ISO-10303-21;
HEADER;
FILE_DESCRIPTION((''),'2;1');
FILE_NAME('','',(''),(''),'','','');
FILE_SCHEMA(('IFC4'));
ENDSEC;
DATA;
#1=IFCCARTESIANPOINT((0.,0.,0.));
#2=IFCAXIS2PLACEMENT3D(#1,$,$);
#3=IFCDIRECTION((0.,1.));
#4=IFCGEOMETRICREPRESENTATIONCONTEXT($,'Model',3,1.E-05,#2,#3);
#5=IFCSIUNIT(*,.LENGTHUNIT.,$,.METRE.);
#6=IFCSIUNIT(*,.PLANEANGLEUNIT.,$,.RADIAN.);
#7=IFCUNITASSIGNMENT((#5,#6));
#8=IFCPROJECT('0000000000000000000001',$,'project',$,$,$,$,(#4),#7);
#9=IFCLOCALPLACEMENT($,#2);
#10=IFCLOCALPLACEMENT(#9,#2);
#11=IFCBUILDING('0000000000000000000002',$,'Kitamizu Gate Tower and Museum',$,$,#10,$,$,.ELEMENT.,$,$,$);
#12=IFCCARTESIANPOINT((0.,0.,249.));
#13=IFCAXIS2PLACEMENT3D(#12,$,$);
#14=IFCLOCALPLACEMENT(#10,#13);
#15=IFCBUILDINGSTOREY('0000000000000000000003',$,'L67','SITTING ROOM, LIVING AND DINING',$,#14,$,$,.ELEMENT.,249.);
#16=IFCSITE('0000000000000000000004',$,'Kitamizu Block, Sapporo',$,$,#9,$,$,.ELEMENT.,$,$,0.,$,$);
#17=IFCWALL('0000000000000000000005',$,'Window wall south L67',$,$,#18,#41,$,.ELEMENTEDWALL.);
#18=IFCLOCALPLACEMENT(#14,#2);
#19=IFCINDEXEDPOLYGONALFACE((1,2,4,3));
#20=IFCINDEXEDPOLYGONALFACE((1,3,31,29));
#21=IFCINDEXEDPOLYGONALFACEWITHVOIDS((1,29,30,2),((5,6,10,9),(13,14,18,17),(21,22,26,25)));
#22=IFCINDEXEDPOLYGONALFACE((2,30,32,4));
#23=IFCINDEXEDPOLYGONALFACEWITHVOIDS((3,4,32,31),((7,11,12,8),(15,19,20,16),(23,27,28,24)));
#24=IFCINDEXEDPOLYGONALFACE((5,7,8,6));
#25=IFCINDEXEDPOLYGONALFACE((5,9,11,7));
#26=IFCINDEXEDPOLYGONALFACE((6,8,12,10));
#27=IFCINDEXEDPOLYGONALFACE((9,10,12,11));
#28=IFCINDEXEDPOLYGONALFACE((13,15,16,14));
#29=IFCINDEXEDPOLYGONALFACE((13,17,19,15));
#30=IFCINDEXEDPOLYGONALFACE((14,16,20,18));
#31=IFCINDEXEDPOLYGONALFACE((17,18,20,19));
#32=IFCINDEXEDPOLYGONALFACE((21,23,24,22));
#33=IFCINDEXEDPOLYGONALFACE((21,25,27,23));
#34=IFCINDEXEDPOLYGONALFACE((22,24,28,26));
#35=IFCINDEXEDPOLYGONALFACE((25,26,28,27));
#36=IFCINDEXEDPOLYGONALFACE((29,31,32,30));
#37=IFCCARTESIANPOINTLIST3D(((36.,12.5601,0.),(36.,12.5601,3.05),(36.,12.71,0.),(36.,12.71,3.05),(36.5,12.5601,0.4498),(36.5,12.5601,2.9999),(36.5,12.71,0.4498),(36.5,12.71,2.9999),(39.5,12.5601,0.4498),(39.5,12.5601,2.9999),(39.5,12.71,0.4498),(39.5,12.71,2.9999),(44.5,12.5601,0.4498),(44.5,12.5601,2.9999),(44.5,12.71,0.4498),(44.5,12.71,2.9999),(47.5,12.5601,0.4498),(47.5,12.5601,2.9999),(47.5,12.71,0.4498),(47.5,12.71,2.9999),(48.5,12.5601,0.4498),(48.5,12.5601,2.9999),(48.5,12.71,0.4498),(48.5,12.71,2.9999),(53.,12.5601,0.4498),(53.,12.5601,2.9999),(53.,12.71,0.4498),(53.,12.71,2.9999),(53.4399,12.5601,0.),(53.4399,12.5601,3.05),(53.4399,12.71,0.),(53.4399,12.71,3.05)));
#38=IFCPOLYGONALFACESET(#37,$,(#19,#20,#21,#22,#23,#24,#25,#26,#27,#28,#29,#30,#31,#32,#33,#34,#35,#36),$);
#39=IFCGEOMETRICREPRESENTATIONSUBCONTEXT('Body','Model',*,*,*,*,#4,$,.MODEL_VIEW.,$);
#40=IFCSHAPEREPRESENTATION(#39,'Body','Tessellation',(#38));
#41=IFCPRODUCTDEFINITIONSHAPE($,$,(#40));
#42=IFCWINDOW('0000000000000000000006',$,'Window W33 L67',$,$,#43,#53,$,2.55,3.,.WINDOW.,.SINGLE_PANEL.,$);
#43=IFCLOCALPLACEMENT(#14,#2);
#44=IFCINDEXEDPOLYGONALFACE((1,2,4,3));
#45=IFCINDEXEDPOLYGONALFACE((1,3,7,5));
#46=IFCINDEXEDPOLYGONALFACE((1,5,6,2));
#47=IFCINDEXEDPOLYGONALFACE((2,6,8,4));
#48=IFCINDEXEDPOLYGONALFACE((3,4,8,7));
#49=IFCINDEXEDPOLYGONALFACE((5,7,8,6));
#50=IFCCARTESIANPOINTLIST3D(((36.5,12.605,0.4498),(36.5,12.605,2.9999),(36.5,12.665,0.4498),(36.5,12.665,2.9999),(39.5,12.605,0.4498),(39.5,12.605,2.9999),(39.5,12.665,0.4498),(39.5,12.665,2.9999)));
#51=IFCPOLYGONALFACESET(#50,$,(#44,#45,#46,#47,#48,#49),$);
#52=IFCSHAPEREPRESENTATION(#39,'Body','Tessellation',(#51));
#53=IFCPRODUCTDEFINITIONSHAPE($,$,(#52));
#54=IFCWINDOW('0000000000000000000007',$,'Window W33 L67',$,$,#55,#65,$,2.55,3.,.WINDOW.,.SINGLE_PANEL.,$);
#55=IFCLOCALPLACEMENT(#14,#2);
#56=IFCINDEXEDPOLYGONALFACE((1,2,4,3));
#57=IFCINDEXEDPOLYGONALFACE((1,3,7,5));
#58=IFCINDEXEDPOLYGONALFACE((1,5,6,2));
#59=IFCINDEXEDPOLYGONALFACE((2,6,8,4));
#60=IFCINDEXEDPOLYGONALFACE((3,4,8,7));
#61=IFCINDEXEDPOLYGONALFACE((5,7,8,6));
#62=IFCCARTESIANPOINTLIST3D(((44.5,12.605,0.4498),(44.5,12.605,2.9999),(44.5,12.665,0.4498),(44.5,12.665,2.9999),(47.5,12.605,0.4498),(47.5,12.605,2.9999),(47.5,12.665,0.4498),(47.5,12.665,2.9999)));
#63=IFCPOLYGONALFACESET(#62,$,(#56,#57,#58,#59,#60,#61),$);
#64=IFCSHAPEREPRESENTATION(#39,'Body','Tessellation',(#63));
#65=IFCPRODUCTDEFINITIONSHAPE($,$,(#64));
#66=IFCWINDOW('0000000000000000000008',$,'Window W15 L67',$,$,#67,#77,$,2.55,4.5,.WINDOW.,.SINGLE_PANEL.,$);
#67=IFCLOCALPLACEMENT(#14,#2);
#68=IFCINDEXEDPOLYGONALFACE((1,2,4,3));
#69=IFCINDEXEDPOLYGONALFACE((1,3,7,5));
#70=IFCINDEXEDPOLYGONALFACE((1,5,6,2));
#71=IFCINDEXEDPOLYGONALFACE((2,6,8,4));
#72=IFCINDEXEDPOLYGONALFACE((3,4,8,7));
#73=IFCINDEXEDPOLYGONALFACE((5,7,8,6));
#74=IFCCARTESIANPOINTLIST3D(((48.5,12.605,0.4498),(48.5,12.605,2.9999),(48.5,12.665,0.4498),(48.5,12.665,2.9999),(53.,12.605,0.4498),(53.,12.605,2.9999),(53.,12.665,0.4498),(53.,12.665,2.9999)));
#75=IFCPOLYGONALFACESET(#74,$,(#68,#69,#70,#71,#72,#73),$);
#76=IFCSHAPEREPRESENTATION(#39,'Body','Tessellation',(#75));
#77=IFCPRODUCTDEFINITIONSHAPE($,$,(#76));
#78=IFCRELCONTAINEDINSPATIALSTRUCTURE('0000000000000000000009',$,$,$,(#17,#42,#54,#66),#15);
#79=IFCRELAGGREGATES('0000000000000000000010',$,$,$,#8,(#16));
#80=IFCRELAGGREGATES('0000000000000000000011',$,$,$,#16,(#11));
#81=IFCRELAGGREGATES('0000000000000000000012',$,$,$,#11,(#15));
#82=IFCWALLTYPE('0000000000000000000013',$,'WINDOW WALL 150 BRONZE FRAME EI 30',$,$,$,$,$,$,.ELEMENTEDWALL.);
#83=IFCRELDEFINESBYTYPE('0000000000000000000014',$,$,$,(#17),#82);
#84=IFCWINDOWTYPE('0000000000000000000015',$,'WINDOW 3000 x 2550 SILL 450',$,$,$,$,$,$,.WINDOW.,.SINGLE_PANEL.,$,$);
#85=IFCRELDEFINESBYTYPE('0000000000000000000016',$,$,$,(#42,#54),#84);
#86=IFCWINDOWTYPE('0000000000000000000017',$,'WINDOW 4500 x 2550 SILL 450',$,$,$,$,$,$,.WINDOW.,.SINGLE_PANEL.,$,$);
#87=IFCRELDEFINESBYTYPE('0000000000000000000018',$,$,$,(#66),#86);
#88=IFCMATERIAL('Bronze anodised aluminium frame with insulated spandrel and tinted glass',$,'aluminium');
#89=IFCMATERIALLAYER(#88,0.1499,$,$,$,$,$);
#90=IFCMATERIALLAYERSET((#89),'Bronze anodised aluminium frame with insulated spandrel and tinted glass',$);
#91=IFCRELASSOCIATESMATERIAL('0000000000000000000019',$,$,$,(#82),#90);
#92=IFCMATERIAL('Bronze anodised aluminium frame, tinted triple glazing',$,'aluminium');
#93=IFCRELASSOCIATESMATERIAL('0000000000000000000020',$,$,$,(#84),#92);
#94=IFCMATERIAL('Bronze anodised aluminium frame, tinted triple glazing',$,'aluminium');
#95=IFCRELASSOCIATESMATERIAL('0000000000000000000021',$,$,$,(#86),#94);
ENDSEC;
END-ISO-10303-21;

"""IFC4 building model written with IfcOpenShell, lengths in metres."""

from ifc_helpers import new_model, si_unit, direction, frame, frame_2d, origin, place, context, subcontext, project, spatial, rectangle, extrude, material, layer, layer_set, type_object, element, fill, save


model = new_model("IFC4")

# Units and contexts
model_context = context("Model", 3, precision=1e-05, world=origin(), true_north=direction((0.0, 1.0)))
body_context = subcontext(model_context, "Body", "Model", "MODEL_VIEW")
ifc_project = project(units=[si_unit("LENGTHUNIT", "METRE"), si_unit("PLANEANGLEUNIT", "RADIAN")], contexts=[model_context])

# Site, building, storey
site_placement = place(None, origin())
site = spatial("IfcSite", under=ifc_project, at=site_placement, Name="Kitamizu Block, Sapporo", CompositionType="ELEMENT", RefElevation=0.0)
building_placement = place(site_placement, origin())
building = spatial("IfcBuilding", under=site, at=building_placement, Name="Kitamizu Gate Tower and Museum", CompositionType="ELEMENT")
storey_placement = place(building_placement, frame((0.0, 0.0, 249.0)))
storey = spatial("IfcBuildingStorey", under=building, at=storey_placement, Name="L67", Description="SITTING ROOM, LIVING AND DINING", CompositionType="ELEMENT", Elevation=249.0)

# Wall, openings, windows
ifc_material_1 = material(Name="Bronze anodised aluminium frame with insulated spandrel and tinted glass", Category="aluminium")
ifc_layer_1 = layer(ifc_material_1, 0.1499)
ifc_layer_set_1 = layer_set([ifc_layer_1], Name="Bronze anodised aluminium frame with insulated spandrel and tinted glass")
wall_type = type_object("IfcWallType", Name="WINDOW WALL 150 BRONZE FRAME EI 30", PredefinedType="ELEMENTEDWALL", material=ifc_layer_set_1)
wall_placement = place(storey_placement, frame((36.0, 12.635, 0.0), z_axis=(0.0, 0.0, 1.0), x_axis=(1.0, 0.0, 0.0)))
wall = element("IfcWall", 1, at=wall_placement, inside=storey, type_object=wall_type, Name="Window wall south L67", PredefinedType="ELEMENTEDWALL", context=body_context, shape_type="SweptSolid", body=[
    extrude(rectangle(XDim=17.4399, YDim=0.1499, at=frame_2d((8.72, 0.0))), origin(), (0.0, 0.0, 1.0), 3.05),
])
opening_1_placement = place(wall_placement, frame((0.5, 0.0, 0.45)))
opening_1 = element("IfcOpeningElement", 2, at=opening_1_placement, cuts=wall, PredefinedType="OPENING", context=body_context, shape_type="SweptSolid", body=[
    extrude(rectangle(XDim=3.0, YDim=2.55, at=frame_2d((1.5, 1.2749))), frame((0.0, 0.085, 0.0), z_axis=(0.0, -1.0, 0.0), x_axis=(1.0, 0.0, 0.0)), (0.0, 0.0, 1.0), 0.1699),
])
opening_2_placement = place(wall_placement, frame((8.5, 0.0, 0.45)))
opening_2 = element("IfcOpeningElement", 3, at=opening_2_placement, cuts=wall, PredefinedType="OPENING", context=body_context, shape_type="SweptSolid", body=[
    extrude(rectangle(XDim=3.0, YDim=2.55, at=frame_2d((1.5, 1.2749))), frame((0.0, 0.085, 0.0), z_axis=(0.0, -1.0, 0.0), x_axis=(1.0, 0.0, 0.0)), (0.0, 0.0, 1.0), 0.1699),
])
opening_3_placement = place(wall_placement, frame((12.5, 0.0, 0.45)))
opening_3 = element("IfcOpeningElement", 4, at=opening_3_placement, cuts=wall, PredefinedType="OPENING", context=body_context, shape_type="SweptSolid", body=[
    extrude(rectangle(XDim=4.5, YDim=2.55, at=frame_2d((2.25, 1.2749))), frame((0.0, 0.085, 0.0), z_axis=(0.0, -1.0, 0.0), x_axis=(1.0, 0.0, 0.0)), (0.0, 0.0, 1.0), 0.1699),
])
ifc_material_2 = material(Name="Bronze anodised aluminium frame, tinted triple glazing", Category="aluminium")
window_type_1 = type_object("IfcWindowType", Name="WINDOW 3000 x 2550 SILL 450", PartitioningType="SINGLE_PANEL", PredefinedType="WINDOW", material=ifc_material_2)
window_1_placement = place(opening_1_placement, origin())
window_1 = element("IfcWindow", 5, at=window_1_placement, inside=storey, type_object=window_type_1, Name="Window W33 L67", OverallHeight=2.55, OverallWidth=3.0, PartitioningType="SINGLE_PANEL", PredefinedType="WINDOW", context=body_context, shape_type="SweptSolid", body=[
    extrude(rectangle(XDim=3.0, YDim=2.55, at=frame_2d((1.5, 1.2749))), frame((0.0, 0.03, 0.0), z_axis=(0.0, -1.0, 0.0), x_axis=(1.0, 0.0, 0.0)), (0.0, 0.0, 1.0), 0.0601),
])
fill(opening_1, window_1)
window_2_placement = place(opening_2_placement, origin())
window_2 = element("IfcWindow", 6, at=window_2_placement, inside=storey, type_object=window_type_1, Name="Window W33 L67", OverallHeight=2.55, OverallWidth=3.0, PartitioningType="SINGLE_PANEL", PredefinedType="WINDOW", context=body_context, shape_type="SweptSolid", body=[
    extrude(rectangle(XDim=3.0, YDim=2.55, at=frame_2d((1.5, 1.2749))), frame((0.0, 0.03, 0.0), z_axis=(0.0, -1.0, 0.0), x_axis=(1.0, 0.0, 0.0)), (0.0, 0.0, 1.0), 0.0601),
])
fill(opening_2, window_2)
ifc_material_3 = material(Name="Bronze anodised aluminium frame, tinted triple glazing", Category="aluminium")
window_type_2 = type_object("IfcWindowType", Name="WINDOW 4500 x 2550 SILL 450", PartitioningType="SINGLE_PANEL", PredefinedType="WINDOW", material=ifc_material_3)
window_3_placement = place(opening_3_placement, origin())
window_3 = element("IfcWindow", 7, at=window_3_placement, inside=storey, type_object=window_type_2, Name="Window W15 L67", OverallHeight=2.55, OverallWidth=4.5, PartitioningType="SINGLE_PANEL", PredefinedType="WINDOW", context=body_context, shape_type="SweptSolid", body=[
    extrude(rectangle(XDim=4.5, YDim=2.55, at=frame_2d((2.25, 1.2749))), frame((0.0, 0.03, 0.0), z_axis=(0.0, -1.0, 0.0), x_axis=(1.0, 0.0, 0.0)), (0.0, 0.0, 1.0), 0.0601),
])
fill(opening_3, window_3)

save(model, "model.ifc")
